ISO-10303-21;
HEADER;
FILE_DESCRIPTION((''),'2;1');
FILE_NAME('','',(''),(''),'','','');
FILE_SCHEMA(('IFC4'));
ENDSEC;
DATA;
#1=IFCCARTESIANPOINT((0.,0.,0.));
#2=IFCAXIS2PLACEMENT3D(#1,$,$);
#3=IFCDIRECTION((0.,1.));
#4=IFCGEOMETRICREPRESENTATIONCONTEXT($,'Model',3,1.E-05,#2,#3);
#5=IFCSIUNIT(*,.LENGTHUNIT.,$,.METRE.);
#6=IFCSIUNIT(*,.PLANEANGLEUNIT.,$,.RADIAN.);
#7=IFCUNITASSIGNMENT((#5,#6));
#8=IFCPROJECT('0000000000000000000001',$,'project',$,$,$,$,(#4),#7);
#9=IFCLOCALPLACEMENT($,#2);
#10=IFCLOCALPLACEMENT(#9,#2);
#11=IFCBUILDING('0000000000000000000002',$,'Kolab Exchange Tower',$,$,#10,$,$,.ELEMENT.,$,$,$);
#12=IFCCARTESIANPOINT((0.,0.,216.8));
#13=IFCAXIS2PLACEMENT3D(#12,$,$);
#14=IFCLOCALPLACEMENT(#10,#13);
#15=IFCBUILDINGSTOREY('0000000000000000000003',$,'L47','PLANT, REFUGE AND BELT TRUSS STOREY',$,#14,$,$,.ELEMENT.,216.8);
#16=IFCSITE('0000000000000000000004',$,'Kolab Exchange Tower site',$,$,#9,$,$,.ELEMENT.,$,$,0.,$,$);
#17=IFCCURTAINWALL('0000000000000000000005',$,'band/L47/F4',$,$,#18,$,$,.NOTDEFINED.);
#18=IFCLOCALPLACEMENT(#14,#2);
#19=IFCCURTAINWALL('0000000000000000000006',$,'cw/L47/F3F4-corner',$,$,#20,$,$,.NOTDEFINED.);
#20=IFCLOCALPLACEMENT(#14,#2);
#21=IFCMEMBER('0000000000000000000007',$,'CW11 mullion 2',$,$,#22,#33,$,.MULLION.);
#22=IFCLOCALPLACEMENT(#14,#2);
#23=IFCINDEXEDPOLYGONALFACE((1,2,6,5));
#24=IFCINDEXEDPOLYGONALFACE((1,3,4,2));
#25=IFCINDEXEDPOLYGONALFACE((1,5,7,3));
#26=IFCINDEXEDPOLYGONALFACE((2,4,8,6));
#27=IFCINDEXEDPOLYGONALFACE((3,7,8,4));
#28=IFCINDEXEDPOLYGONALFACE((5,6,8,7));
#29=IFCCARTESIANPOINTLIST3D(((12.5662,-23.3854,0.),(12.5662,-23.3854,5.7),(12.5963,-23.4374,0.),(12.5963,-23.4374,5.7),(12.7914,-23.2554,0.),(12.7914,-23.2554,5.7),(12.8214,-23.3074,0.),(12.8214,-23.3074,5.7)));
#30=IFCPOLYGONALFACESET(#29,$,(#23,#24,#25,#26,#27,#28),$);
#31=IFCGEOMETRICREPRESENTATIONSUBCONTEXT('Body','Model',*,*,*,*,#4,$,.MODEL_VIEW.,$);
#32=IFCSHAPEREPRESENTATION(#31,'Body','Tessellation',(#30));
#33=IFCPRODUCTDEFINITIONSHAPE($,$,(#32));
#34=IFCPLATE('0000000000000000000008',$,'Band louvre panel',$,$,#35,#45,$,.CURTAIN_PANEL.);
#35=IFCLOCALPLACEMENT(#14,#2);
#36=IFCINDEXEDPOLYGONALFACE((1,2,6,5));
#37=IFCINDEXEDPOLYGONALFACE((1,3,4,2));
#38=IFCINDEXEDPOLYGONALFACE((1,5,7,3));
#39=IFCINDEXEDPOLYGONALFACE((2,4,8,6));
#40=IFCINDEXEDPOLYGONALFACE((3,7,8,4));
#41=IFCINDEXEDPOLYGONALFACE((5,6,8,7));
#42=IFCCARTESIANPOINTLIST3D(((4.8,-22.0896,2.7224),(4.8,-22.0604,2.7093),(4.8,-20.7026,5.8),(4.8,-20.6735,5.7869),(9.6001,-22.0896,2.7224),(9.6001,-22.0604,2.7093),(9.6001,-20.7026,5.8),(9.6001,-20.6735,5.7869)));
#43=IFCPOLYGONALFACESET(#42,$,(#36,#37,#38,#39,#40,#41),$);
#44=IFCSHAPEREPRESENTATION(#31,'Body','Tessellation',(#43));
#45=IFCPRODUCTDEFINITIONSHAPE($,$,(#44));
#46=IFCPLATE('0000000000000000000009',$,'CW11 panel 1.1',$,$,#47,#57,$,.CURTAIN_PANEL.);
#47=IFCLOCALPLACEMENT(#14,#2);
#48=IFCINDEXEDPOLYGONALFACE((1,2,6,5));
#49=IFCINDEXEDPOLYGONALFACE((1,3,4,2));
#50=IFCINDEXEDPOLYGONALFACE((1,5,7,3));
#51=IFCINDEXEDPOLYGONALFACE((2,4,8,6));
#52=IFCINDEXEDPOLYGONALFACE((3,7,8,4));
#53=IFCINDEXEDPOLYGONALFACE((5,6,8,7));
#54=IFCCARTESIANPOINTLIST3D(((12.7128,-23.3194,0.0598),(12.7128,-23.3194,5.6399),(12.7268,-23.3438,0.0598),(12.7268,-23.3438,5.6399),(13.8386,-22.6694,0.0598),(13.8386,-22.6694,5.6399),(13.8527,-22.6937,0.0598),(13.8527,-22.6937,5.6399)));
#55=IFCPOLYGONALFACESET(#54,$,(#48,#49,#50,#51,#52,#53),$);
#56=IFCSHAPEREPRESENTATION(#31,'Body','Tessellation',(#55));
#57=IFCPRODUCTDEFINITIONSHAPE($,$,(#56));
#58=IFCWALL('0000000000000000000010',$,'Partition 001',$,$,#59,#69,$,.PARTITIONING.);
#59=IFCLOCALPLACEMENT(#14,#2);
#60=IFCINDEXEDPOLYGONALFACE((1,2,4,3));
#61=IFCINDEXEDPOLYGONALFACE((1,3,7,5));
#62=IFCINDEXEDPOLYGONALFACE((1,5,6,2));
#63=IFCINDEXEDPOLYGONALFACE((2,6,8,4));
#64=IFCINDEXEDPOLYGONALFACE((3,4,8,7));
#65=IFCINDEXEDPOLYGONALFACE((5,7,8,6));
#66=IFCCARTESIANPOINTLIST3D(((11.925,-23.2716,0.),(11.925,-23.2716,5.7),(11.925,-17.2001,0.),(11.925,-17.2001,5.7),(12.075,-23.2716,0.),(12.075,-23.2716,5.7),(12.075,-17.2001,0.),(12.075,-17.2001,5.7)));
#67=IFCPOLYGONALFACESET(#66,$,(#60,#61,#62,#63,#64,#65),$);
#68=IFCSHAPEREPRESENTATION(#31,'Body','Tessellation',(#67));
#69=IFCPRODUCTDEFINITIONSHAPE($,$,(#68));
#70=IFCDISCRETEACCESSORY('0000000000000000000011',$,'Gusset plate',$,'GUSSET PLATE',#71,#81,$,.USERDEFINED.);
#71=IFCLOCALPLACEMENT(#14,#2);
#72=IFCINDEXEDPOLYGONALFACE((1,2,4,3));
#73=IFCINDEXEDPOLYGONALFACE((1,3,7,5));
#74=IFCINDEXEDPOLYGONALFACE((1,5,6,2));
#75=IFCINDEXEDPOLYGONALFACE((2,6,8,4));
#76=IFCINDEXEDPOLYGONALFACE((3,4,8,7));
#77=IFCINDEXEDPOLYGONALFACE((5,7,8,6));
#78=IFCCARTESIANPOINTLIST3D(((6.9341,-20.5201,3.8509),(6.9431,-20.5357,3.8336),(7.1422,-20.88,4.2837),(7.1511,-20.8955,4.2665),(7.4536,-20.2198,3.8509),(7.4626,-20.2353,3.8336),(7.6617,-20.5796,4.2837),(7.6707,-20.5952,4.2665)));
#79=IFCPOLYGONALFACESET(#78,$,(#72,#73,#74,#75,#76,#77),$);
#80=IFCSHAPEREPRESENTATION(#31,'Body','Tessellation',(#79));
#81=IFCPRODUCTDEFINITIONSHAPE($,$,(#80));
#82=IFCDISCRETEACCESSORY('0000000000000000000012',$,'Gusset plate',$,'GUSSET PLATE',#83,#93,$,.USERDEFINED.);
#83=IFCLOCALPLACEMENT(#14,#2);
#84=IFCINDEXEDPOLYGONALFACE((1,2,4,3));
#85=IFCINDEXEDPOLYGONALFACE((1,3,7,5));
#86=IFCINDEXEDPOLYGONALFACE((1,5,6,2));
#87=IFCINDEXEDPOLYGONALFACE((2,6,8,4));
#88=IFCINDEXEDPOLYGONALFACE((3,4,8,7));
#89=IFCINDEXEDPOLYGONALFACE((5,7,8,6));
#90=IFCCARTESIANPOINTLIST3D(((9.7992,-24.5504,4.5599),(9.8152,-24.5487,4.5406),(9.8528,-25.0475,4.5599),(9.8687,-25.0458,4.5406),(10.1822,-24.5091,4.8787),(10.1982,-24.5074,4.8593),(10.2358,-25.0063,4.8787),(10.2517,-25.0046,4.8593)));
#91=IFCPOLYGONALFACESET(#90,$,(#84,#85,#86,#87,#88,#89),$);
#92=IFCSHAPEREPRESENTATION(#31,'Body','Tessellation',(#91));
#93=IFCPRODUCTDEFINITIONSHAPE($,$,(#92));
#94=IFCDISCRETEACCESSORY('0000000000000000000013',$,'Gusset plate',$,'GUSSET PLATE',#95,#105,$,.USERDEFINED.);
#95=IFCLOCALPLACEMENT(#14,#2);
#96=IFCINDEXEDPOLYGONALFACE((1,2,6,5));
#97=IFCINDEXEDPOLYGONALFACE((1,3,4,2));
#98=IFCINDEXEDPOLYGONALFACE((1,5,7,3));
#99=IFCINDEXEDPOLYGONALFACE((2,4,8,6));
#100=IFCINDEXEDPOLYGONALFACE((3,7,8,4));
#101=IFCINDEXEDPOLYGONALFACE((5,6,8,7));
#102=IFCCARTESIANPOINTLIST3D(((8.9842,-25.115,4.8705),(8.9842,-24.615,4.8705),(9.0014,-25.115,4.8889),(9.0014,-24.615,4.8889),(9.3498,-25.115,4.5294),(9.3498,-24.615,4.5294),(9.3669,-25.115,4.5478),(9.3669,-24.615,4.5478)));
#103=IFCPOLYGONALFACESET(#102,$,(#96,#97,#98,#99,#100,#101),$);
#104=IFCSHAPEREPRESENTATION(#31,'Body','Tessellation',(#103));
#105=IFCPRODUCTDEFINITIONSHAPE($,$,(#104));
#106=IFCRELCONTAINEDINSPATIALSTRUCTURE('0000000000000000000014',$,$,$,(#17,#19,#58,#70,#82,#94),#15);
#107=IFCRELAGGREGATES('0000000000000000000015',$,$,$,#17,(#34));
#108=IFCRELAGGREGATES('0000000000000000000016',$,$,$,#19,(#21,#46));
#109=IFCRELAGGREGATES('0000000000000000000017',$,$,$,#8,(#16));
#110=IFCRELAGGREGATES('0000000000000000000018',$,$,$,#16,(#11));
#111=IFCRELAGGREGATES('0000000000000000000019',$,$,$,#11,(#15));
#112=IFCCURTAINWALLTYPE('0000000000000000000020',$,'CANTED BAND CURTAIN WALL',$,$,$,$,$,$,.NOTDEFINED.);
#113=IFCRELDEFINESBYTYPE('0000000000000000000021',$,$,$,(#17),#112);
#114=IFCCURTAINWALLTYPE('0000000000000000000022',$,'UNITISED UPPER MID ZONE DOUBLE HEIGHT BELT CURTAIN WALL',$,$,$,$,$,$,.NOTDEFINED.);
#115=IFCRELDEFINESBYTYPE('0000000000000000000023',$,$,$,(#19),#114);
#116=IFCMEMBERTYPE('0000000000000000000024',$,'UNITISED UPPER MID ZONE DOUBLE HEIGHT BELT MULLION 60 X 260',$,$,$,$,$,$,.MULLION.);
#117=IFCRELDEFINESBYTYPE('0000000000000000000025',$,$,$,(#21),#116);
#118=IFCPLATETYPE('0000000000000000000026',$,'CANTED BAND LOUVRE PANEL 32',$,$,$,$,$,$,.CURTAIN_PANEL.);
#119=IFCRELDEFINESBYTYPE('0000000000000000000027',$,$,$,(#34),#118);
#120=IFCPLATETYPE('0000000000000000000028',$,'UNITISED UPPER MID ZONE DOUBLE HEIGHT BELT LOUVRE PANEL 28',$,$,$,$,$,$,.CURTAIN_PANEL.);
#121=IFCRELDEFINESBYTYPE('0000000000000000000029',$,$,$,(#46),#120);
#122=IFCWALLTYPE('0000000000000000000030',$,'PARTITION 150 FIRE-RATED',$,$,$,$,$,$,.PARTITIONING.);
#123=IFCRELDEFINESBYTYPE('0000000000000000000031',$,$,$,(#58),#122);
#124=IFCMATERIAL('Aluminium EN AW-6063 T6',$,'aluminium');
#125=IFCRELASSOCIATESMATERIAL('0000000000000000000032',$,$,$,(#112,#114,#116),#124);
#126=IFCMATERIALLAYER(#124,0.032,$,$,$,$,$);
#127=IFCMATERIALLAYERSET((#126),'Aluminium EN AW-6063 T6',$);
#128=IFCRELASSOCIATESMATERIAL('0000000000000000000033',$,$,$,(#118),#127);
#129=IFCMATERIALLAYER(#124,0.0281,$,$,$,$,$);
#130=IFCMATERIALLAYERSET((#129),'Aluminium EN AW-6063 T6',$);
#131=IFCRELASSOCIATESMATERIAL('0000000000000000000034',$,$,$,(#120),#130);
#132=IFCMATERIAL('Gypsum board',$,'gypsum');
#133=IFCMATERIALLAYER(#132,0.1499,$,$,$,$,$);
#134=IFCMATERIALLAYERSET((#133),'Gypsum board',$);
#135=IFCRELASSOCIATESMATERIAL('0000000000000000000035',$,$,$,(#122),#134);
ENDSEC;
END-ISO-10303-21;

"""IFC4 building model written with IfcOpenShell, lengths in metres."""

from ifc_helpers import new_model, si_unit, direction, frame, frame_2d, origin, origin_2d, place, context, subcontext, project, spatial, polyline, rectangle, outline, extrude, material, layer, layer_set, material_profile, profile_set, type_object, element, aggregate, save


model = new_model("IFC4")

# Units and contexts
model_context = context("Model", 3, precision=1e-05, world=origin(), true_north=direction((0.0, 1.0)))
body_context = subcontext(model_context, "Body", "Model", "MODEL_VIEW")
ifc_project = project(units=[si_unit("LENGTHUNIT", "METRE"), si_unit("PLANEANGLEUNIT", "RADIAN")], contexts=[model_context])

# Site, building, storey
site_placement = place(None, origin())
site = spatial("IfcSite", under=ifc_project, at=site_placement, Name="Kolab Exchange Tower site", CompositionType="ELEMENT", RefElevation=0.0)
building_placement = place(site_placement, origin())
building = spatial("IfcBuilding", under=site, at=building_placement, Name="Kolab Exchange Tower", CompositionType="ELEMENT")
storey_placement = place(building_placement, frame((0.0, 0.0, 216.8)))
storey = spatial("IfcBuildingStorey", under=building, at=storey_placement, Name="L47", Description="PLANT, REFUGE AND BELT TRUSS STOREY", CompositionType="ELEMENT", Elevation=216.8)

# Curtain wall
ifc_material_1 = material(Name="Aluminium EN AW-6063 T6", Category="aluminium")
curtain_wall_type_1 = type_object("IfcCurtainWallType", Name="CANTED BAND CURTAIN WALL", PredefinedType="NOTDEFINED", material=ifc_material_1)
curtain_wall_1_placement = place(storey_placement, origin())
curtain_wall_1 = element("IfcCurtainWall", 1, at=curtain_wall_1_placement, inside=storey, type_object=curtain_wall_type_1, Name="band/L47/F4", PredefinedType="NOTDEFINED")

# Curtain wall, member
curtain_wall_type_2 = type_object("IfcCurtainWallType", Name="UNITISED UPPER MID ZONE DOUBLE HEIGHT BELT CURTAIN WALL", PredefinedType="NOTDEFINED", material=ifc_material_1)
curtain_wall_2_placement = place(storey_placement, origin())
curtain_wall_2 = element("IfcCurtainWall", 2, at=curtain_wall_2_placement, inside=storey, type_object=curtain_wall_type_2, Name="cw/L47/F3F4-corner", PredefinedType="NOTDEFINED")
ifc_material_profile_1 = material_profile(ifc_material_1, rectangle(XDim=0.0601, YDim=0.26, at=origin_2d()), Name="RECT 60X260")
ifc_profile_set_1 = profile_set([ifc_material_profile_1], Name="Aluminium EN AW-6063 T6")
member_type_1 = type_object("IfcMemberType", Name="UNITISED UPPER MID ZONE DOUBLE HEIGHT BELT MULLION 60 X 260", PredefinedType="MULLION", material=ifc_profile_set_1)
member_1_placement = place(storey_placement, frame((12.6938, -23.3464, 0.0), z_axis=(0.0, 0.0, 1.0), x_axis=(0.5, -0.866025, 0.0)))
member_1 = element("IfcMember", 3, at=member_1_placement, type_object=member_type_1, Name="CW11 mullion 2", PredefinedType="MULLION", context=body_context, shape_type="SweptSolid", body=[
    extrude(rectangle(XDim=0.0601, YDim=0.26, at=origin_2d()), origin(), (0.0, 0.0, 1.0), 5.7),
])

# Plates
ifc_layer_1 = layer(ifc_material_1, 0.032)
ifc_layer_set_1 = layer_set([ifc_layer_1], Name="Aluminium EN AW-6063 T6")
plate_type_1 = type_object("IfcPlateType", Name="CANTED BAND LOUVRE PANEL 32", PredefinedType="CURTAIN_PANEL", material=ifc_layer_set_1)
plate_1_placement = place(storey_placement, frame((9.6001, -22.0896, 2.7224), z_axis=(0.0, -0.911697, 0.410864), x_axis=(-1.0, 0.0, 0.0)))
plate_1 = element("IfcPlate", 4, at=plate_1_placement, type_object=plate_type_1, Name="Band louvre panel", PredefinedType="CURTAIN_PANEL", context=body_context, shape_type="SweptSolid", body=[
    extrude(outline(polyline([(0.0, 0.0), (4.8, 0.0), (4.8, -3.3757), (0.0, -3.3757), (0.0, 0.0)])), origin(), (0.0, 0.0, -1.0), 0.032),
])
aggregate(curtain_wall_1, [plate_1])
ifc_layer_2 = layer(ifc_material_1, 0.0281)
ifc_layer_set_2 = layer_set([ifc_layer_2], Name="Aluminium EN AW-6063 T6")
plate_type_2 = type_object("IfcPlateType", Name="UNITISED UPPER MID ZONE DOUBLE HEIGHT BELT LOUVRE PANEL 28", PredefinedType="CURTAIN_PANEL", material=ifc_layer_set_2)
plate_2_placement = place(storey_placement, frame((13.2827, -23.0066, 0.0598), z_axis=(0.0, 0.0, 1.0), x_axis=(-0.866025, -0.5, 0.0)))
plate_2 = element("IfcPlate", 5, at=plate_2_placement, type_object=plate_type_2, Name="CW11 panel 1.1", PredefinedType="CURTAIN_PANEL", context=body_context, shape_type="SweptSolid", body=[
    extrude(rectangle(XDim=1.3, YDim=0.0281, at=origin_2d()), origin(), (0.0, 0.0, 1.0), 5.5801),
])
aggregate(curtain_wall_2, [member_1, plate_2])

# Wall
ifc_material_2 = material(Name="Gypsum board", Category="gypsum")
ifc_layer_3 = layer(ifc_material_2, 0.1499)
ifc_layer_set_3 = layer_set([ifc_layer_3], Name="Gypsum board")
wall_type = type_object("IfcWallType", Name="PARTITION 150 FIRE-RATED", PredefinedType="PARTITIONING", material=ifc_layer_set_3)
wall_placement = place(storey_placement, frame((12.0, -23.2715, 0.0), z_axis=(0.0, 0.0, 1.0), x_axis=(0.0, 1.0, 0.0)))
element("IfcWall", 6, at=wall_placement, inside=storey, type_object=wall_type, Name="Partition 001", PredefinedType="PARTITIONING", context=body_context, shape_type="SweptSolid", body=[
    extrude(rectangle(XDim=6.0715, YDim=0.1499, at=frame_2d((3.0356, 0.0))), origin(), (0.0, 0.0, 1.0), 5.7),
])

# Discrete accessories
discrete_accessory_placement = place(storey_placement, frame((7.3069, -20.5654, 4.05), z_axis=(-0.36098, 0.624398, 0.692691), x_axis=(-0.865735, -0.500503, 0.0)))
element("IfcDiscreteAccessory", 7, at=discrete_accessory_placement, inside=storey, Name="Gusset plate", ObjectType="GUSSET PLATE", PredefinedType="USERDEFINED", context=body_context, shape_type="SweptSolid", body=[
    extrude(rectangle(XDim=0.6001, YDim=0.6001, at=origin_2d()), origin(), (0.0, 0.0, 1.0), 0.0249),
])
for number, where, z_axis, x_axis, name in (
    (8, (10.0334, -24.7766, 4.7), (-0.633882, -0.068264, 0.770411), (0.107073, -0.994251, 0.0), "Gusset plate"),
    (9, (9.167, -24.865, 4.7), (0.682318, 0.0, 0.731055), (0.0, 1.0, 0.0), "Gusset plate"),
):
    element("IfcDiscreteAccessory", number, at=place(storey_placement, frame(where, z_axis=z_axis, x_axis=x_axis)), inside=storey, Name=name, ObjectType="GUSSET PLATE", PredefinedType="USERDEFINED", context=body_context, shape_type="SweptSolid", body=[
        extrude(rectangle(XDim=0.5, YDim=0.5, at=origin_2d()), origin(), (0.0, 0.0, 1.0), 0.0251),
    ])

save(model, "model.ifc")
